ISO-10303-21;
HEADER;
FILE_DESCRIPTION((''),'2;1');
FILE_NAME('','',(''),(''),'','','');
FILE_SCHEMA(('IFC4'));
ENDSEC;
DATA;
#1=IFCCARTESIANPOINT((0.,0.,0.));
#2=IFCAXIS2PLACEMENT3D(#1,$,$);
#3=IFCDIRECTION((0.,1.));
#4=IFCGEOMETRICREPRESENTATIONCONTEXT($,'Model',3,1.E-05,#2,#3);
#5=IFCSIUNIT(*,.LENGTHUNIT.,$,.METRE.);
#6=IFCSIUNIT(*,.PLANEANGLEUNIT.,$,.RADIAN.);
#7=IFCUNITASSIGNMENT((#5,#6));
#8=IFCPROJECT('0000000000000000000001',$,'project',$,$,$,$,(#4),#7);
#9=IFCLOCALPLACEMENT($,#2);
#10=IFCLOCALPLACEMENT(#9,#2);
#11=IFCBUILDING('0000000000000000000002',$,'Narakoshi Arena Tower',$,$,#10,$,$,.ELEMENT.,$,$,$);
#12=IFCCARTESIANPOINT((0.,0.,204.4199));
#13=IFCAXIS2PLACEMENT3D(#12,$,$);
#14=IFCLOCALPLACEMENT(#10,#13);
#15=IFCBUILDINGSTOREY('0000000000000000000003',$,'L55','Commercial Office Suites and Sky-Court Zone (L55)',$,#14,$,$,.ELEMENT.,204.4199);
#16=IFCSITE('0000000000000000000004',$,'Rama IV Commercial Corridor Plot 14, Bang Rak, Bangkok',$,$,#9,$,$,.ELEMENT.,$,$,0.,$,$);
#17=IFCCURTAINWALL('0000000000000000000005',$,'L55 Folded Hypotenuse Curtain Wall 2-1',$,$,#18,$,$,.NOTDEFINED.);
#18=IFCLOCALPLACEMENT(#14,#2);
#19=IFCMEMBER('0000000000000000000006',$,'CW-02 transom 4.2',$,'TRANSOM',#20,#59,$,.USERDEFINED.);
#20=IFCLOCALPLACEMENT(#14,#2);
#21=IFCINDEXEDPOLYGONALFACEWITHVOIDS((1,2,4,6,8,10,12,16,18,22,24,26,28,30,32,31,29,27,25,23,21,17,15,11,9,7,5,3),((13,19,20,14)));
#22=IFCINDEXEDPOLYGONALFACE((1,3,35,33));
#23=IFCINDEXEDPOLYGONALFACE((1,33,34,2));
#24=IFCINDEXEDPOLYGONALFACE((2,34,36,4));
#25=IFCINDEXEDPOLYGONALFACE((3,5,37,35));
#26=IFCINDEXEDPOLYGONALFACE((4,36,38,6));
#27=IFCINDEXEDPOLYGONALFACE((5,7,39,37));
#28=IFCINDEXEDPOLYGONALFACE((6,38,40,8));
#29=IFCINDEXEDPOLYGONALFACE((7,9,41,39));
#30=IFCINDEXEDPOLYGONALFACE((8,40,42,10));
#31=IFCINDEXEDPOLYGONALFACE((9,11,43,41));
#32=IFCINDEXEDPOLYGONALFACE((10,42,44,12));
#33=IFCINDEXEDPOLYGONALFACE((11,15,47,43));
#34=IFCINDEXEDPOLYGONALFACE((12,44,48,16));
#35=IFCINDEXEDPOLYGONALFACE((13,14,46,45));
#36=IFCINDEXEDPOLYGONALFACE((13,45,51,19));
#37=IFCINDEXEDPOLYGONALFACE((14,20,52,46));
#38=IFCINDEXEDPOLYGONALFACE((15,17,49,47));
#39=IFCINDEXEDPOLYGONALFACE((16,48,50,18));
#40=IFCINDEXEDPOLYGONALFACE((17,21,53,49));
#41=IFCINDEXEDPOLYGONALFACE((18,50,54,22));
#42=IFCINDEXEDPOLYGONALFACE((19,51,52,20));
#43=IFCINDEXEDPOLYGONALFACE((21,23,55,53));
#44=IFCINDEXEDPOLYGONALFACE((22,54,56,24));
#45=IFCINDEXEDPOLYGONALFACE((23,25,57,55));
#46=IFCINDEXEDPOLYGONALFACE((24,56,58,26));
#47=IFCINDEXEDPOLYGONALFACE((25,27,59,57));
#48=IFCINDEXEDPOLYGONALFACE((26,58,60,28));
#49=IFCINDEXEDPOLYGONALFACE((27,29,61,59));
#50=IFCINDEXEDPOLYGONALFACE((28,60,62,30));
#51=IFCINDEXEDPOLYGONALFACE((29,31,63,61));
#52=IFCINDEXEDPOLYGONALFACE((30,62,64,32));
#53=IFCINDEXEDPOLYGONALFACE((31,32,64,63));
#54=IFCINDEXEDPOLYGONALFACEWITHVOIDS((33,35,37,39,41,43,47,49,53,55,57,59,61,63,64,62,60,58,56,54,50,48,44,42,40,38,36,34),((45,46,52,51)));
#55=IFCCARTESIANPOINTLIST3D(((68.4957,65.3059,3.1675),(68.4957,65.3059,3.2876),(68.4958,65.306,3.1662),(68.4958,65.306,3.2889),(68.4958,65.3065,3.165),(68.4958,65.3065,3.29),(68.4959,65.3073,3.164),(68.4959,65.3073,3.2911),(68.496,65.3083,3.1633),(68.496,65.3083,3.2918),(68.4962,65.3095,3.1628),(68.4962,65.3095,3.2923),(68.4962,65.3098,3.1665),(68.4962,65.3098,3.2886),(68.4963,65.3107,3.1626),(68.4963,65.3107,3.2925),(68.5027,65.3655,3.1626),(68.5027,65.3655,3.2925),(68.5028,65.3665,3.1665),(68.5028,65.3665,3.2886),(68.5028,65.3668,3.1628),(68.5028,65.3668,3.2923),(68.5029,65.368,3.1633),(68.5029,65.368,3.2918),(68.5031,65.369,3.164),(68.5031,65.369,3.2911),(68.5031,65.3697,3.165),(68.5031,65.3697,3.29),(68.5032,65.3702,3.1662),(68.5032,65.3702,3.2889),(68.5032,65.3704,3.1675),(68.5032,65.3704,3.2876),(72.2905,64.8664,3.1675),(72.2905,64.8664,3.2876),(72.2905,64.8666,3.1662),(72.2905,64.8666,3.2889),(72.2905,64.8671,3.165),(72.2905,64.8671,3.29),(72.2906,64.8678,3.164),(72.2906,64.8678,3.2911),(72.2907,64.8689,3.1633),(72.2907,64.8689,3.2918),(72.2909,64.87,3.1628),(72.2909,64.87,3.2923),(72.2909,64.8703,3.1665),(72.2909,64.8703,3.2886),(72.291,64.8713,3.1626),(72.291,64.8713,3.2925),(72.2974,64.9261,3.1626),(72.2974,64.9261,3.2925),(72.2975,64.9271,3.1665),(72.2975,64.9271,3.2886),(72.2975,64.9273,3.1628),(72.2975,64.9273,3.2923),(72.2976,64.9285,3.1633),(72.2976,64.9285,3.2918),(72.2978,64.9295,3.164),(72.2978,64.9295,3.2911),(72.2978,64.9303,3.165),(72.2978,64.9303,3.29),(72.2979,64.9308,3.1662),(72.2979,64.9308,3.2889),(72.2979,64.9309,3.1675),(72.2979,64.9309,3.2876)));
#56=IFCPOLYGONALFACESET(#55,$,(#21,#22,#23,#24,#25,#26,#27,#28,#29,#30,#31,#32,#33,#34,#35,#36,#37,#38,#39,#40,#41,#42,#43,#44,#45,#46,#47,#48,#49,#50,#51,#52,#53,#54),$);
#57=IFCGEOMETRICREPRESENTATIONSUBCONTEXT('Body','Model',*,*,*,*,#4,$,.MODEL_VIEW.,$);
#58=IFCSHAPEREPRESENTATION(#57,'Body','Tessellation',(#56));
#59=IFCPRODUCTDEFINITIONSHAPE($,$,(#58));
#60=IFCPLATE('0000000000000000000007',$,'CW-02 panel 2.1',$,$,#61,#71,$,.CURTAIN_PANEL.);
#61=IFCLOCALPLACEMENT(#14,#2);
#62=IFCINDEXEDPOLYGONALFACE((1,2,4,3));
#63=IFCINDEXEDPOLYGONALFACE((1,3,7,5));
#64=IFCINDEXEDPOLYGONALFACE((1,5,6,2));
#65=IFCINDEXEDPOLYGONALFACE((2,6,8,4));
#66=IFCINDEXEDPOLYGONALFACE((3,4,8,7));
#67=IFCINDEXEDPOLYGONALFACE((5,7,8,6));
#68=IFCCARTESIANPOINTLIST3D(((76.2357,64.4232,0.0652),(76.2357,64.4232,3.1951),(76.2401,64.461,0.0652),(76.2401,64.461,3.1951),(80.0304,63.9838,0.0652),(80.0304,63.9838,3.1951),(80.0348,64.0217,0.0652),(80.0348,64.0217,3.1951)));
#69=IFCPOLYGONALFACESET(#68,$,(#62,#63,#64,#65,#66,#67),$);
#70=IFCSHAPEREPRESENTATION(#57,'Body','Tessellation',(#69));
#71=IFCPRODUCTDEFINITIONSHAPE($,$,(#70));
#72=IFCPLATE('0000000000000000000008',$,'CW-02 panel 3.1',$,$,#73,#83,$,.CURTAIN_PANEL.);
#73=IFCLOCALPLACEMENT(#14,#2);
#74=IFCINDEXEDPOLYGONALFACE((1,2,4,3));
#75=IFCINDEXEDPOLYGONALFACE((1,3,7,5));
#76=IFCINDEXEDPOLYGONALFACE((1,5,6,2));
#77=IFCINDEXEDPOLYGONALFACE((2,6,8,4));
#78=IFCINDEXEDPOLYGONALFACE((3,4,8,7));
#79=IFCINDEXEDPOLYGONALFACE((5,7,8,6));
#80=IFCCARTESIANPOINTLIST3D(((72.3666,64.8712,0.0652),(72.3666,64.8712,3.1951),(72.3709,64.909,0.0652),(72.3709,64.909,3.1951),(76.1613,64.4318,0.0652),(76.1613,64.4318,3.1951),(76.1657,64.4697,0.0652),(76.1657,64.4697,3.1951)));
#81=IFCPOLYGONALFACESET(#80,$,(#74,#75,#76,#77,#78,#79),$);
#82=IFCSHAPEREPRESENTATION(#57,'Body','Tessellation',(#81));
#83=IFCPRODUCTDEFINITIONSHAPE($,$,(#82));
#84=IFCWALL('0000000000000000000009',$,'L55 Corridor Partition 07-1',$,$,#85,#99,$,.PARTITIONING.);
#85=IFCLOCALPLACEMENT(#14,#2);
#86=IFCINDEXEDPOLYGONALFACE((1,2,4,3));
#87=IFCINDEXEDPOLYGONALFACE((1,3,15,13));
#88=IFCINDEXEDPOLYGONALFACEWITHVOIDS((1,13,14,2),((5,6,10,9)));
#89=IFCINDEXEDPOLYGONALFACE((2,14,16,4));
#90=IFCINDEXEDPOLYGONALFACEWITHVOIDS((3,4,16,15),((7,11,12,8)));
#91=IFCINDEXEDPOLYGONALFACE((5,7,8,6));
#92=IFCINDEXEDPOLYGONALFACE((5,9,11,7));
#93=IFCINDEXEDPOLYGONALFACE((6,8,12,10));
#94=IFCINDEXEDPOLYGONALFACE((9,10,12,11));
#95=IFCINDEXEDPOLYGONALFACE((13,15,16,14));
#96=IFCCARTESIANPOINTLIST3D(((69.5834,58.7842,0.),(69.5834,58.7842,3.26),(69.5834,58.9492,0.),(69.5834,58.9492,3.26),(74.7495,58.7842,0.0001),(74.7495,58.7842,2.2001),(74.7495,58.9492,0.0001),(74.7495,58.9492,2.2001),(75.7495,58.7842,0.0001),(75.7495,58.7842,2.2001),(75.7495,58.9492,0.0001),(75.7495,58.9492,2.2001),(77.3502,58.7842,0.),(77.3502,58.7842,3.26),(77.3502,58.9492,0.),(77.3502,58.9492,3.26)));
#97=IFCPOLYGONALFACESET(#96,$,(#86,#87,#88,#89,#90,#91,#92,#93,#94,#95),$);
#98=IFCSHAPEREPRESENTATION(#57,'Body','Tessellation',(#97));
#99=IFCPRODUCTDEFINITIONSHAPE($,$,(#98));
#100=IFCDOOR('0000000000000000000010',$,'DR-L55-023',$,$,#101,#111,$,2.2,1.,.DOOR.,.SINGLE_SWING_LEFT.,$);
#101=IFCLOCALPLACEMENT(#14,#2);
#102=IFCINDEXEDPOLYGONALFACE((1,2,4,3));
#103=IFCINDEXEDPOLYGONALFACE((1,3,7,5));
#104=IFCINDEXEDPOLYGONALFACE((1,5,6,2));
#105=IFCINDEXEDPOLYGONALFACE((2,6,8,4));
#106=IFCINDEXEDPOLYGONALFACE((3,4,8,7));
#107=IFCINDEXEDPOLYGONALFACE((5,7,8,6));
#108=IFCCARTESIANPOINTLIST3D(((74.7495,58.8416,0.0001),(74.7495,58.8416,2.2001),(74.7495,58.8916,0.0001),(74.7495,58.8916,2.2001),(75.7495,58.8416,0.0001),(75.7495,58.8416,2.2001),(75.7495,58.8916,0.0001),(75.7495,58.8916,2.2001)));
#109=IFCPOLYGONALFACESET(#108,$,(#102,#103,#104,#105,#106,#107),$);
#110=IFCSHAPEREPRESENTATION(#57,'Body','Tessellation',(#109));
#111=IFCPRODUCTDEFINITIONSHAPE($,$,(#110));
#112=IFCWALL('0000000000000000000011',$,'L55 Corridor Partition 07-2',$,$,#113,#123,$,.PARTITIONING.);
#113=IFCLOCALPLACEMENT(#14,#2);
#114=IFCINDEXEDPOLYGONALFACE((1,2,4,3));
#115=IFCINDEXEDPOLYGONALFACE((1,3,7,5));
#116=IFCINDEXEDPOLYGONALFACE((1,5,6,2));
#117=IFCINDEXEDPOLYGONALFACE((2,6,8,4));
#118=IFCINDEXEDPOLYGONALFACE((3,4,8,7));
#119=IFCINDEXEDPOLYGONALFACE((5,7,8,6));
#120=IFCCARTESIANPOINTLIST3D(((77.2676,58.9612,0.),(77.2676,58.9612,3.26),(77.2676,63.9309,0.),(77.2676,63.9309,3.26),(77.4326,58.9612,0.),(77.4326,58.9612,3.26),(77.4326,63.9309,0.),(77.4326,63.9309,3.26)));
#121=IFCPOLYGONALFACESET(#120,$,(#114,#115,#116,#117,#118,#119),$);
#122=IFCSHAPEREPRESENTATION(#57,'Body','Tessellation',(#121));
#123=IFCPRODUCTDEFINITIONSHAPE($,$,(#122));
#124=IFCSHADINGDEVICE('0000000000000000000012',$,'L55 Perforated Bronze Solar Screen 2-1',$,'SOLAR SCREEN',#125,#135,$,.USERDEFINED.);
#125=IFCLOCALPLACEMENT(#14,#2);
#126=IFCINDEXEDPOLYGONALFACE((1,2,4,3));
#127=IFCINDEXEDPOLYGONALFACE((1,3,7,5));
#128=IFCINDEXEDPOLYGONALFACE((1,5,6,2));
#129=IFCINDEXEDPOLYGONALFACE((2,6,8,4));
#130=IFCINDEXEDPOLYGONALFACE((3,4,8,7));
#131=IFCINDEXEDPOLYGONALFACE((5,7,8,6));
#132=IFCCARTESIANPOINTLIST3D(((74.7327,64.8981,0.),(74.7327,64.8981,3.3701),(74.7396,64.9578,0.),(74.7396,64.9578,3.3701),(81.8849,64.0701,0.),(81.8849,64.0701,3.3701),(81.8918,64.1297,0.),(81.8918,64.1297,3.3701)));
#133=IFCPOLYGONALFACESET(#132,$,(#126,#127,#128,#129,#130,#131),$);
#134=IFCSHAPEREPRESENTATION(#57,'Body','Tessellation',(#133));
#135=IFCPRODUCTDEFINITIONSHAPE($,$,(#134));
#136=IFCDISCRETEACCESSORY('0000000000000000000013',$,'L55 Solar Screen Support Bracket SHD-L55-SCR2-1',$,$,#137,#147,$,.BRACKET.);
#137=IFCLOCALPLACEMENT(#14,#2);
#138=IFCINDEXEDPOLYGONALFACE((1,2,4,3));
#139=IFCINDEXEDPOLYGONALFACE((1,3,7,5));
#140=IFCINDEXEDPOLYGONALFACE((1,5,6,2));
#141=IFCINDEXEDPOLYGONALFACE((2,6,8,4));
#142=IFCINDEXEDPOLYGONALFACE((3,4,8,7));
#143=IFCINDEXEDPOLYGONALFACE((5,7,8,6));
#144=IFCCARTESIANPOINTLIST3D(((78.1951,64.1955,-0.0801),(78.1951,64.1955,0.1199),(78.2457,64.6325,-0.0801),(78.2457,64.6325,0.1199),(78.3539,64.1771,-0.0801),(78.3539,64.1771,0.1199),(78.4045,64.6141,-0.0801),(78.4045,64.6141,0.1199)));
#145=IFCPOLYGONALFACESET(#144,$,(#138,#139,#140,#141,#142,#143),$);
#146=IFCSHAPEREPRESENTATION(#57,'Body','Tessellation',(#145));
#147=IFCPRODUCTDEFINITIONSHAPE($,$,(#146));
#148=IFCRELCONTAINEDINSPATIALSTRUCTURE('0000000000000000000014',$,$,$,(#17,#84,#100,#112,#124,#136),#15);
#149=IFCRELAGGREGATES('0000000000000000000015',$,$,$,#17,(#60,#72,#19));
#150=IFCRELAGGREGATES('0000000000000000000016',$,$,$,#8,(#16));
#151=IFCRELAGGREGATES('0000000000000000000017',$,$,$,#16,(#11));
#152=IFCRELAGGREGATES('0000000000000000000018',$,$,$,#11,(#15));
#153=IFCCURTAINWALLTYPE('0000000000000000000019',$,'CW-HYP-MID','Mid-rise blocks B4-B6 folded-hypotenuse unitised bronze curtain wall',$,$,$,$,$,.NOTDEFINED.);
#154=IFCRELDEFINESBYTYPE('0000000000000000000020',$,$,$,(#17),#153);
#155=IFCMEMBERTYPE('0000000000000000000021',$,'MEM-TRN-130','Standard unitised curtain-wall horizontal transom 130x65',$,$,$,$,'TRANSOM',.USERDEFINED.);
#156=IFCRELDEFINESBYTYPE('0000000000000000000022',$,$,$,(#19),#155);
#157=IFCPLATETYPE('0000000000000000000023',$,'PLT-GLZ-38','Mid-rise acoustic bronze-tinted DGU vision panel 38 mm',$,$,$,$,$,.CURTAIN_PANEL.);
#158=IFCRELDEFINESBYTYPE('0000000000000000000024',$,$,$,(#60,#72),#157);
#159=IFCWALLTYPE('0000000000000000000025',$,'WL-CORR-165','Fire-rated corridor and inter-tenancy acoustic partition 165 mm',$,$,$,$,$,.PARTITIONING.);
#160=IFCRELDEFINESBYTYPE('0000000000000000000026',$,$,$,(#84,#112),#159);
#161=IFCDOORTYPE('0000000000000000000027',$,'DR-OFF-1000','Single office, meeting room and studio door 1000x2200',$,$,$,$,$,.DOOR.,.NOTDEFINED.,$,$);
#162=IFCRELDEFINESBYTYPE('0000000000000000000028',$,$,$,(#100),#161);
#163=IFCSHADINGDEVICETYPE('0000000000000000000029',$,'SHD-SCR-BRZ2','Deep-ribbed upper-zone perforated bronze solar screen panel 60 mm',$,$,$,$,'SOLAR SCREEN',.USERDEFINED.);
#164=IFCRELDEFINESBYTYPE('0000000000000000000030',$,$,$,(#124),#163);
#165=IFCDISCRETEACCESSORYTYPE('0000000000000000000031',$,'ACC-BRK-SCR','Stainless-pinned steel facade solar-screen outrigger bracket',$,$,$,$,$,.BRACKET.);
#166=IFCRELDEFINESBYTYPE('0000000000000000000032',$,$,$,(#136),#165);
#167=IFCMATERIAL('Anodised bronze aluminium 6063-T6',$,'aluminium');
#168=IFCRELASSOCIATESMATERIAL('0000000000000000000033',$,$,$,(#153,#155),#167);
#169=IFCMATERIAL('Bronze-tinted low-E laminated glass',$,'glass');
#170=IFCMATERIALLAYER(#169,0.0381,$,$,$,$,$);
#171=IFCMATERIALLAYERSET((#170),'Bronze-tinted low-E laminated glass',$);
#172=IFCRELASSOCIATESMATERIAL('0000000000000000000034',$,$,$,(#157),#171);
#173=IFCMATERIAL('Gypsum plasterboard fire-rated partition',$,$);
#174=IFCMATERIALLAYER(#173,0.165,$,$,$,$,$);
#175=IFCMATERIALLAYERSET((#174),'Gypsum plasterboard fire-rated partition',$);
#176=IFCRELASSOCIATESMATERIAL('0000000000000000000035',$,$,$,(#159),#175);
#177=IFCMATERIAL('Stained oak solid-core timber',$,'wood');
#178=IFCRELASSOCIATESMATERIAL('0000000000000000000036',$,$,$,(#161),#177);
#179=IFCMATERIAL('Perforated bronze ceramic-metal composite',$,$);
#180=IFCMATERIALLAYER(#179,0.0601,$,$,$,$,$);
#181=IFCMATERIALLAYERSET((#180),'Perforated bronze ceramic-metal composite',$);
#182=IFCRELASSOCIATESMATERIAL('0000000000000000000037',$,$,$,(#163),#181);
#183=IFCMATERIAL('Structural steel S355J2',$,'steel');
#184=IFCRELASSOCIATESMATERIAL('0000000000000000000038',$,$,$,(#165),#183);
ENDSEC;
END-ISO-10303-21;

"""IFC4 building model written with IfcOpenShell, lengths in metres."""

from ifc_helpers import new_model, si_unit, direction, frame, frame_2d, origin, origin_2d, place, context, subcontext, project, spatial, rectangle, hollow_rectangle, extrude, material, layer, layer_set, material_profile, profile_set, type_object, element, fill, aggregate, save


model = new_model("IFC4")

# Units and contexts
model_context = context("Model", 3, precision=1e-05, world=origin(), true_north=direction((0.0, 1.0)))
body_context = subcontext(model_context, "Body", "Model", "MODEL_VIEW")
ifc_project = project(units=[si_unit("LENGTHUNIT", "METRE"), si_unit("PLANEANGLEUNIT", "RADIAN")], contexts=[model_context])

# Site, building, storey
site_placement = place(None, origin())
site = spatial("IfcSite", under=ifc_project, at=site_placement, Name="Rama IV Commercial Corridor Plot 14, Bang Rak, Bangkok", CompositionType="ELEMENT", RefElevation=0.0)
building_placement = place(site_placement, origin())
building = spatial("IfcBuilding", under=site, at=building_placement, Name="Narakoshi Arena Tower", CompositionType="ELEMENT")
storey_placement = place(building_placement, frame((0.0, 0.0, 204.4199)))
storey = spatial("IfcBuildingStorey", under=building, at=storey_placement, Name="L55", Description="Commercial Office Suites and Sky-Court Zone (L55)", CompositionType="ELEMENT", Elevation=204.4199)

# Shared definitions
ifc_material_1 = material(Name="Structural steel S355J2", Category="steel")

# Curtain wall, member, plates
ifc_material_2 = material(Name="Anodised bronze aluminium 6063-T6", Category="aluminium")
curtain_wall_type = type_object("IfcCurtainWallType", Name="CW-HYP-MID", Description="Mid-rise blocks B4-B6 folded-hypotenuse unitised bronze curtain wall", PredefinedType="NOTDEFINED", material=ifc_material_2)
curtain_wall_placement = place(storey_placement, origin())
curtain_wall = element("IfcCurtainWall", 1, at=curtain_wall_placement, inside=storey, type_object=curtain_wall_type, Name="L55 Folded Hypotenuse Curtain Wall 2-1", PredefinedType="NOTDEFINED")
ifc_material_profile_1 = material_profile(ifc_material_2, hollow_rectangle(XDim=0.0649, YDim=0.1299, WallThickness=0.0039, OuterFilletRadius=0.0049, at=origin_2d()), Name="TRN130x65x4")
ifc_profile_set_1 = profile_set([ifc_material_profile_1], Name="Anodised bronze aluminium 6063-T6")
member_type_1 = type_object("IfcMemberType", Name="MEM-TRN-130", Description="Standard unitised curtain-wall horizontal transom 130x65", ElementType="TRANSOM", PredefinedType="USERDEFINED", material=ifc_profile_set_1)
member_1_placement = place(storey_placement, frame((72.2942, 64.8987, 3.2275), z_axis=(-0.993361, 0.115039, 0.0), x_axis=(-0.115039, -0.993361, 0.0)))
member_1 = element("IfcMember", 2, at=member_1_placement, type_object=member_type_1, Name="CW-02 transom 4.2", ObjectType="TRANSOM", PredefinedType="USERDEFINED", context=body_context, shape_type="SweptSolid", body=[
    extrude(hollow_rectangle(XDim=0.0649, YDim=0.1299, WallThickness=0.0039, OuterFilletRadius=0.0049, at=origin_2d()), origin(), (0.0, 0.0, 1.0), 3.8201),
])
ifc_material_3 = material(Name="Bronze-tinted low-E laminated glass", Category="glass")
ifc_layer_1 = layer(ifc_material_3, 0.0381)
ifc_layer_set_1 = layer_set([ifc_layer_1], Name="Bronze-tinted low-E laminated glass")
plate_type = type_object("IfcPlateType", Name="PLT-GLZ-38", Description="Mid-rise acoustic bronze-tinted DGU vision panel 38 mm", PredefinedType="CURTAIN_PANEL", material=ifc_layer_set_1)
plate_1_placement = place(storey_placement, frame((78.1353, 64.2224, 0.0652), z_axis=(0.0, 0.0, 1.0), x_axis=(-0.993364, 0.115011, 0.0)))
plate_1 = element("IfcPlate", 3, at=plate_1_placement, type_object=plate_type, Name="CW-02 panel 2.1", PredefinedType="CURTAIN_PANEL", context=body_context, shape_type="SweptSolid", body=[
    extrude(rectangle(XDim=3.8201, YDim=0.0381, at=origin_2d()), origin(), (0.0, 0.0, 1.0), 3.1299),
])
plate_2_placement = place(storey_placement, frame((74.2661, 64.6704, 0.0652), z_axis=(0.0, 0.0, 1.0), x_axis=(-0.993364, 0.115011, 0.0)))
plate_2 = element("IfcPlate", 4, at=plate_2_placement, type_object=plate_type, Name="CW-02 panel 3.1", PredefinedType="CURTAIN_PANEL", context=body_context, shape_type="SweptSolid", body=[
    extrude(rectangle(XDim=3.8201, YDim=0.0381, at=origin_2d()), origin(), (0.0, 0.0, 1.0), 3.1299),
])
aggregate(curtain_wall, [plate_1, plate_2, member_1])

# Wall, opening, door
ifc_material_4 = material(Name="Gypsum plasterboard fire-rated partition")
ifc_layer_2 = layer(ifc_material_4, 0.165)
ifc_layer_set_2 = layer_set([ifc_layer_2], Name="Gypsum plasterboard fire-rated partition")
wall_type = type_object("IfcWallType", Name="WL-CORR-165", Description="Fire-rated corridor and inter-tenancy acoustic partition 165 mm", PredefinedType="PARTITIONING", material=ifc_layer_set_2)
wall_1_placement = place(storey_placement, frame((77.3501, 58.8667, 0.0), z_axis=(0.0, 0.0, 1.0), x_axis=(-1.0, 0.0, 0.0)))
wall_1 = element("IfcWall", 5, at=wall_1_placement, inside=storey, type_object=wall_type, Name="L55 Corridor Partition 07-1", PredefinedType="PARTITIONING", context=body_context, shape_type="SweptSolid", body=[
    extrude(rectangle(XDim=7.7668, YDim=0.165, at=frame_2d((3.8833, 0.0))), origin(), (0.0, 0.0, 1.0), 3.26),
])
opening_placement = place(wall_1_placement, frame((1.6006, 0.0, 0.0)))
opening = element("IfcOpeningElement", 6, at=opening_placement, cuts=wall_1, PredefinedType="OPENING", context=body_context, shape_type="SweptSolid", body=[
    extrude(rectangle(XDim=1.0, YDim=2.2, at=frame_2d((0.5, 1.1001))), frame((0.0, 0.0925, 0.0), z_axis=(0.0, -1.0, 0.0), x_axis=(1.0, 0.0, 0.0)), (0.0, 0.0, 1.0), 0.1851),
])
ifc_material_5 = material(Name="Stained oak solid-core timber", Category="wood")
door_type = type_object("IfcDoorType", Name="DR-OFF-1000", Description="Single office, meeting room and studio door 1000x2200", OperationType="NOTDEFINED", PredefinedType="DOOR", material=ifc_material_5)
door_placement = place(opening_placement, frame((1.0, 0.0, 0.0), z_axis=(0.0, 0.0, 1.0), x_axis=(-1.0, 0.0, 0.0)))
door = element("IfcDoor", 7, at=door_placement, inside=storey, type_object=door_type, Name="DR-L55-023", OperationType="SINGLE_SWING_LEFT", OverallHeight=2.2, OverallWidth=1.0, PredefinedType="DOOR", context=body_context, shape_type="SweptSolid", body=[
    extrude(rectangle(XDim=1.0, YDim=2.2, at=frame_2d((0.5, 1.1001))), frame((0.0, 0.0249, 0.0), z_axis=(0.0, -1.0, 0.0), x_axis=(1.0, 0.0, 0.0)), (0.0, 0.0, 1.0), 0.05),
])
fill(opening, door)

# Wall
wall_2_placement = place(storey_placement, frame((77.3501, 63.9309, 0.0), z_axis=(0.0, 0.0, 1.0), x_axis=(0.0, -1.0, 0.0)))
element("IfcWall", 8, at=wall_2_placement, inside=storey, type_object=wall_type, Name="L55 Corridor Partition 07-2", PredefinedType="PARTITIONING", context=body_context, shape_type="SweptSolid", body=[
    extrude(rectangle(XDim=4.9697, YDim=0.165, at=frame_2d((2.4849, 0.0))), origin(), (0.0, 0.0, 1.0), 3.26),
])

# Shading device
ifc_material_6 = material(Name="Perforated bronze ceramic-metal composite")
ifc_layer_3 = layer(ifc_material_6, 0.0601)
ifc_layer_set_3 = layer_set([ifc_layer_3], Name="Perforated bronze ceramic-metal composite")
shading_device_type = type_object("IfcShadingDeviceType", Name="SHD-SCR-BRZ2", Description="Deep-ribbed upper-zone perforated bronze solar screen panel 60 mm", ElementType="SOLAR SCREEN", PredefinedType="USERDEFINED", material=ifc_layer_set_3)
shading_device_placement = place(storey_placement, frame((78.3123, 64.5139, 0.0), z_axis=(0.0, 0.0, 1.0), x_axis=(-0.993365, 0.115007, 0.0)))
element("IfcShadingDevice", 9, at=shading_device_placement, inside=storey, type_object=shading_device_type, Name="L55 Perforated Bronze Solar Screen 2-1", ObjectType="SOLAR SCREEN", PredefinedType="USERDEFINED", context=body_context, shape_type="SweptSolid", body=[
    extrude(rectangle(XDim=7.2, YDim=0.0601, at=origin_2d()), origin(), (0.0, 0.0, 1.0), 3.3701),
])

# Discrete accessory
discrete_accessory_type = type_object("IfcDiscreteAccessoryType", Name="ACC-BRK-SCR", Description="Stainless-pinned steel facade solar-screen outrigger bracket", PredefinedType="BRACKET", material=ifc_material_1)
discrete_accessory_placement = place(storey_placement, frame((78.2998, 64.4048, -0.0801), z_axis=(0.0, 0.0, 1.0), x_axis=(-0.993365, 0.115007, 0.0)))
element("IfcDiscreteAccessory", 10, at=discrete_accessory_placement, inside=storey, type_object=discrete_accessory_type, Name="L55 Solar Screen Support Bracket SHD-L55-SCR2-1", PredefinedType="BRACKET", context=body_context, shape_type="SweptSolid", body=[
    extrude(rectangle(XDim=0.1599, YDim=0.4399, at=origin_2d()), origin(), (0.0, 0.0, 1.0), 0.2),
])

save(model, "model.ifc")
